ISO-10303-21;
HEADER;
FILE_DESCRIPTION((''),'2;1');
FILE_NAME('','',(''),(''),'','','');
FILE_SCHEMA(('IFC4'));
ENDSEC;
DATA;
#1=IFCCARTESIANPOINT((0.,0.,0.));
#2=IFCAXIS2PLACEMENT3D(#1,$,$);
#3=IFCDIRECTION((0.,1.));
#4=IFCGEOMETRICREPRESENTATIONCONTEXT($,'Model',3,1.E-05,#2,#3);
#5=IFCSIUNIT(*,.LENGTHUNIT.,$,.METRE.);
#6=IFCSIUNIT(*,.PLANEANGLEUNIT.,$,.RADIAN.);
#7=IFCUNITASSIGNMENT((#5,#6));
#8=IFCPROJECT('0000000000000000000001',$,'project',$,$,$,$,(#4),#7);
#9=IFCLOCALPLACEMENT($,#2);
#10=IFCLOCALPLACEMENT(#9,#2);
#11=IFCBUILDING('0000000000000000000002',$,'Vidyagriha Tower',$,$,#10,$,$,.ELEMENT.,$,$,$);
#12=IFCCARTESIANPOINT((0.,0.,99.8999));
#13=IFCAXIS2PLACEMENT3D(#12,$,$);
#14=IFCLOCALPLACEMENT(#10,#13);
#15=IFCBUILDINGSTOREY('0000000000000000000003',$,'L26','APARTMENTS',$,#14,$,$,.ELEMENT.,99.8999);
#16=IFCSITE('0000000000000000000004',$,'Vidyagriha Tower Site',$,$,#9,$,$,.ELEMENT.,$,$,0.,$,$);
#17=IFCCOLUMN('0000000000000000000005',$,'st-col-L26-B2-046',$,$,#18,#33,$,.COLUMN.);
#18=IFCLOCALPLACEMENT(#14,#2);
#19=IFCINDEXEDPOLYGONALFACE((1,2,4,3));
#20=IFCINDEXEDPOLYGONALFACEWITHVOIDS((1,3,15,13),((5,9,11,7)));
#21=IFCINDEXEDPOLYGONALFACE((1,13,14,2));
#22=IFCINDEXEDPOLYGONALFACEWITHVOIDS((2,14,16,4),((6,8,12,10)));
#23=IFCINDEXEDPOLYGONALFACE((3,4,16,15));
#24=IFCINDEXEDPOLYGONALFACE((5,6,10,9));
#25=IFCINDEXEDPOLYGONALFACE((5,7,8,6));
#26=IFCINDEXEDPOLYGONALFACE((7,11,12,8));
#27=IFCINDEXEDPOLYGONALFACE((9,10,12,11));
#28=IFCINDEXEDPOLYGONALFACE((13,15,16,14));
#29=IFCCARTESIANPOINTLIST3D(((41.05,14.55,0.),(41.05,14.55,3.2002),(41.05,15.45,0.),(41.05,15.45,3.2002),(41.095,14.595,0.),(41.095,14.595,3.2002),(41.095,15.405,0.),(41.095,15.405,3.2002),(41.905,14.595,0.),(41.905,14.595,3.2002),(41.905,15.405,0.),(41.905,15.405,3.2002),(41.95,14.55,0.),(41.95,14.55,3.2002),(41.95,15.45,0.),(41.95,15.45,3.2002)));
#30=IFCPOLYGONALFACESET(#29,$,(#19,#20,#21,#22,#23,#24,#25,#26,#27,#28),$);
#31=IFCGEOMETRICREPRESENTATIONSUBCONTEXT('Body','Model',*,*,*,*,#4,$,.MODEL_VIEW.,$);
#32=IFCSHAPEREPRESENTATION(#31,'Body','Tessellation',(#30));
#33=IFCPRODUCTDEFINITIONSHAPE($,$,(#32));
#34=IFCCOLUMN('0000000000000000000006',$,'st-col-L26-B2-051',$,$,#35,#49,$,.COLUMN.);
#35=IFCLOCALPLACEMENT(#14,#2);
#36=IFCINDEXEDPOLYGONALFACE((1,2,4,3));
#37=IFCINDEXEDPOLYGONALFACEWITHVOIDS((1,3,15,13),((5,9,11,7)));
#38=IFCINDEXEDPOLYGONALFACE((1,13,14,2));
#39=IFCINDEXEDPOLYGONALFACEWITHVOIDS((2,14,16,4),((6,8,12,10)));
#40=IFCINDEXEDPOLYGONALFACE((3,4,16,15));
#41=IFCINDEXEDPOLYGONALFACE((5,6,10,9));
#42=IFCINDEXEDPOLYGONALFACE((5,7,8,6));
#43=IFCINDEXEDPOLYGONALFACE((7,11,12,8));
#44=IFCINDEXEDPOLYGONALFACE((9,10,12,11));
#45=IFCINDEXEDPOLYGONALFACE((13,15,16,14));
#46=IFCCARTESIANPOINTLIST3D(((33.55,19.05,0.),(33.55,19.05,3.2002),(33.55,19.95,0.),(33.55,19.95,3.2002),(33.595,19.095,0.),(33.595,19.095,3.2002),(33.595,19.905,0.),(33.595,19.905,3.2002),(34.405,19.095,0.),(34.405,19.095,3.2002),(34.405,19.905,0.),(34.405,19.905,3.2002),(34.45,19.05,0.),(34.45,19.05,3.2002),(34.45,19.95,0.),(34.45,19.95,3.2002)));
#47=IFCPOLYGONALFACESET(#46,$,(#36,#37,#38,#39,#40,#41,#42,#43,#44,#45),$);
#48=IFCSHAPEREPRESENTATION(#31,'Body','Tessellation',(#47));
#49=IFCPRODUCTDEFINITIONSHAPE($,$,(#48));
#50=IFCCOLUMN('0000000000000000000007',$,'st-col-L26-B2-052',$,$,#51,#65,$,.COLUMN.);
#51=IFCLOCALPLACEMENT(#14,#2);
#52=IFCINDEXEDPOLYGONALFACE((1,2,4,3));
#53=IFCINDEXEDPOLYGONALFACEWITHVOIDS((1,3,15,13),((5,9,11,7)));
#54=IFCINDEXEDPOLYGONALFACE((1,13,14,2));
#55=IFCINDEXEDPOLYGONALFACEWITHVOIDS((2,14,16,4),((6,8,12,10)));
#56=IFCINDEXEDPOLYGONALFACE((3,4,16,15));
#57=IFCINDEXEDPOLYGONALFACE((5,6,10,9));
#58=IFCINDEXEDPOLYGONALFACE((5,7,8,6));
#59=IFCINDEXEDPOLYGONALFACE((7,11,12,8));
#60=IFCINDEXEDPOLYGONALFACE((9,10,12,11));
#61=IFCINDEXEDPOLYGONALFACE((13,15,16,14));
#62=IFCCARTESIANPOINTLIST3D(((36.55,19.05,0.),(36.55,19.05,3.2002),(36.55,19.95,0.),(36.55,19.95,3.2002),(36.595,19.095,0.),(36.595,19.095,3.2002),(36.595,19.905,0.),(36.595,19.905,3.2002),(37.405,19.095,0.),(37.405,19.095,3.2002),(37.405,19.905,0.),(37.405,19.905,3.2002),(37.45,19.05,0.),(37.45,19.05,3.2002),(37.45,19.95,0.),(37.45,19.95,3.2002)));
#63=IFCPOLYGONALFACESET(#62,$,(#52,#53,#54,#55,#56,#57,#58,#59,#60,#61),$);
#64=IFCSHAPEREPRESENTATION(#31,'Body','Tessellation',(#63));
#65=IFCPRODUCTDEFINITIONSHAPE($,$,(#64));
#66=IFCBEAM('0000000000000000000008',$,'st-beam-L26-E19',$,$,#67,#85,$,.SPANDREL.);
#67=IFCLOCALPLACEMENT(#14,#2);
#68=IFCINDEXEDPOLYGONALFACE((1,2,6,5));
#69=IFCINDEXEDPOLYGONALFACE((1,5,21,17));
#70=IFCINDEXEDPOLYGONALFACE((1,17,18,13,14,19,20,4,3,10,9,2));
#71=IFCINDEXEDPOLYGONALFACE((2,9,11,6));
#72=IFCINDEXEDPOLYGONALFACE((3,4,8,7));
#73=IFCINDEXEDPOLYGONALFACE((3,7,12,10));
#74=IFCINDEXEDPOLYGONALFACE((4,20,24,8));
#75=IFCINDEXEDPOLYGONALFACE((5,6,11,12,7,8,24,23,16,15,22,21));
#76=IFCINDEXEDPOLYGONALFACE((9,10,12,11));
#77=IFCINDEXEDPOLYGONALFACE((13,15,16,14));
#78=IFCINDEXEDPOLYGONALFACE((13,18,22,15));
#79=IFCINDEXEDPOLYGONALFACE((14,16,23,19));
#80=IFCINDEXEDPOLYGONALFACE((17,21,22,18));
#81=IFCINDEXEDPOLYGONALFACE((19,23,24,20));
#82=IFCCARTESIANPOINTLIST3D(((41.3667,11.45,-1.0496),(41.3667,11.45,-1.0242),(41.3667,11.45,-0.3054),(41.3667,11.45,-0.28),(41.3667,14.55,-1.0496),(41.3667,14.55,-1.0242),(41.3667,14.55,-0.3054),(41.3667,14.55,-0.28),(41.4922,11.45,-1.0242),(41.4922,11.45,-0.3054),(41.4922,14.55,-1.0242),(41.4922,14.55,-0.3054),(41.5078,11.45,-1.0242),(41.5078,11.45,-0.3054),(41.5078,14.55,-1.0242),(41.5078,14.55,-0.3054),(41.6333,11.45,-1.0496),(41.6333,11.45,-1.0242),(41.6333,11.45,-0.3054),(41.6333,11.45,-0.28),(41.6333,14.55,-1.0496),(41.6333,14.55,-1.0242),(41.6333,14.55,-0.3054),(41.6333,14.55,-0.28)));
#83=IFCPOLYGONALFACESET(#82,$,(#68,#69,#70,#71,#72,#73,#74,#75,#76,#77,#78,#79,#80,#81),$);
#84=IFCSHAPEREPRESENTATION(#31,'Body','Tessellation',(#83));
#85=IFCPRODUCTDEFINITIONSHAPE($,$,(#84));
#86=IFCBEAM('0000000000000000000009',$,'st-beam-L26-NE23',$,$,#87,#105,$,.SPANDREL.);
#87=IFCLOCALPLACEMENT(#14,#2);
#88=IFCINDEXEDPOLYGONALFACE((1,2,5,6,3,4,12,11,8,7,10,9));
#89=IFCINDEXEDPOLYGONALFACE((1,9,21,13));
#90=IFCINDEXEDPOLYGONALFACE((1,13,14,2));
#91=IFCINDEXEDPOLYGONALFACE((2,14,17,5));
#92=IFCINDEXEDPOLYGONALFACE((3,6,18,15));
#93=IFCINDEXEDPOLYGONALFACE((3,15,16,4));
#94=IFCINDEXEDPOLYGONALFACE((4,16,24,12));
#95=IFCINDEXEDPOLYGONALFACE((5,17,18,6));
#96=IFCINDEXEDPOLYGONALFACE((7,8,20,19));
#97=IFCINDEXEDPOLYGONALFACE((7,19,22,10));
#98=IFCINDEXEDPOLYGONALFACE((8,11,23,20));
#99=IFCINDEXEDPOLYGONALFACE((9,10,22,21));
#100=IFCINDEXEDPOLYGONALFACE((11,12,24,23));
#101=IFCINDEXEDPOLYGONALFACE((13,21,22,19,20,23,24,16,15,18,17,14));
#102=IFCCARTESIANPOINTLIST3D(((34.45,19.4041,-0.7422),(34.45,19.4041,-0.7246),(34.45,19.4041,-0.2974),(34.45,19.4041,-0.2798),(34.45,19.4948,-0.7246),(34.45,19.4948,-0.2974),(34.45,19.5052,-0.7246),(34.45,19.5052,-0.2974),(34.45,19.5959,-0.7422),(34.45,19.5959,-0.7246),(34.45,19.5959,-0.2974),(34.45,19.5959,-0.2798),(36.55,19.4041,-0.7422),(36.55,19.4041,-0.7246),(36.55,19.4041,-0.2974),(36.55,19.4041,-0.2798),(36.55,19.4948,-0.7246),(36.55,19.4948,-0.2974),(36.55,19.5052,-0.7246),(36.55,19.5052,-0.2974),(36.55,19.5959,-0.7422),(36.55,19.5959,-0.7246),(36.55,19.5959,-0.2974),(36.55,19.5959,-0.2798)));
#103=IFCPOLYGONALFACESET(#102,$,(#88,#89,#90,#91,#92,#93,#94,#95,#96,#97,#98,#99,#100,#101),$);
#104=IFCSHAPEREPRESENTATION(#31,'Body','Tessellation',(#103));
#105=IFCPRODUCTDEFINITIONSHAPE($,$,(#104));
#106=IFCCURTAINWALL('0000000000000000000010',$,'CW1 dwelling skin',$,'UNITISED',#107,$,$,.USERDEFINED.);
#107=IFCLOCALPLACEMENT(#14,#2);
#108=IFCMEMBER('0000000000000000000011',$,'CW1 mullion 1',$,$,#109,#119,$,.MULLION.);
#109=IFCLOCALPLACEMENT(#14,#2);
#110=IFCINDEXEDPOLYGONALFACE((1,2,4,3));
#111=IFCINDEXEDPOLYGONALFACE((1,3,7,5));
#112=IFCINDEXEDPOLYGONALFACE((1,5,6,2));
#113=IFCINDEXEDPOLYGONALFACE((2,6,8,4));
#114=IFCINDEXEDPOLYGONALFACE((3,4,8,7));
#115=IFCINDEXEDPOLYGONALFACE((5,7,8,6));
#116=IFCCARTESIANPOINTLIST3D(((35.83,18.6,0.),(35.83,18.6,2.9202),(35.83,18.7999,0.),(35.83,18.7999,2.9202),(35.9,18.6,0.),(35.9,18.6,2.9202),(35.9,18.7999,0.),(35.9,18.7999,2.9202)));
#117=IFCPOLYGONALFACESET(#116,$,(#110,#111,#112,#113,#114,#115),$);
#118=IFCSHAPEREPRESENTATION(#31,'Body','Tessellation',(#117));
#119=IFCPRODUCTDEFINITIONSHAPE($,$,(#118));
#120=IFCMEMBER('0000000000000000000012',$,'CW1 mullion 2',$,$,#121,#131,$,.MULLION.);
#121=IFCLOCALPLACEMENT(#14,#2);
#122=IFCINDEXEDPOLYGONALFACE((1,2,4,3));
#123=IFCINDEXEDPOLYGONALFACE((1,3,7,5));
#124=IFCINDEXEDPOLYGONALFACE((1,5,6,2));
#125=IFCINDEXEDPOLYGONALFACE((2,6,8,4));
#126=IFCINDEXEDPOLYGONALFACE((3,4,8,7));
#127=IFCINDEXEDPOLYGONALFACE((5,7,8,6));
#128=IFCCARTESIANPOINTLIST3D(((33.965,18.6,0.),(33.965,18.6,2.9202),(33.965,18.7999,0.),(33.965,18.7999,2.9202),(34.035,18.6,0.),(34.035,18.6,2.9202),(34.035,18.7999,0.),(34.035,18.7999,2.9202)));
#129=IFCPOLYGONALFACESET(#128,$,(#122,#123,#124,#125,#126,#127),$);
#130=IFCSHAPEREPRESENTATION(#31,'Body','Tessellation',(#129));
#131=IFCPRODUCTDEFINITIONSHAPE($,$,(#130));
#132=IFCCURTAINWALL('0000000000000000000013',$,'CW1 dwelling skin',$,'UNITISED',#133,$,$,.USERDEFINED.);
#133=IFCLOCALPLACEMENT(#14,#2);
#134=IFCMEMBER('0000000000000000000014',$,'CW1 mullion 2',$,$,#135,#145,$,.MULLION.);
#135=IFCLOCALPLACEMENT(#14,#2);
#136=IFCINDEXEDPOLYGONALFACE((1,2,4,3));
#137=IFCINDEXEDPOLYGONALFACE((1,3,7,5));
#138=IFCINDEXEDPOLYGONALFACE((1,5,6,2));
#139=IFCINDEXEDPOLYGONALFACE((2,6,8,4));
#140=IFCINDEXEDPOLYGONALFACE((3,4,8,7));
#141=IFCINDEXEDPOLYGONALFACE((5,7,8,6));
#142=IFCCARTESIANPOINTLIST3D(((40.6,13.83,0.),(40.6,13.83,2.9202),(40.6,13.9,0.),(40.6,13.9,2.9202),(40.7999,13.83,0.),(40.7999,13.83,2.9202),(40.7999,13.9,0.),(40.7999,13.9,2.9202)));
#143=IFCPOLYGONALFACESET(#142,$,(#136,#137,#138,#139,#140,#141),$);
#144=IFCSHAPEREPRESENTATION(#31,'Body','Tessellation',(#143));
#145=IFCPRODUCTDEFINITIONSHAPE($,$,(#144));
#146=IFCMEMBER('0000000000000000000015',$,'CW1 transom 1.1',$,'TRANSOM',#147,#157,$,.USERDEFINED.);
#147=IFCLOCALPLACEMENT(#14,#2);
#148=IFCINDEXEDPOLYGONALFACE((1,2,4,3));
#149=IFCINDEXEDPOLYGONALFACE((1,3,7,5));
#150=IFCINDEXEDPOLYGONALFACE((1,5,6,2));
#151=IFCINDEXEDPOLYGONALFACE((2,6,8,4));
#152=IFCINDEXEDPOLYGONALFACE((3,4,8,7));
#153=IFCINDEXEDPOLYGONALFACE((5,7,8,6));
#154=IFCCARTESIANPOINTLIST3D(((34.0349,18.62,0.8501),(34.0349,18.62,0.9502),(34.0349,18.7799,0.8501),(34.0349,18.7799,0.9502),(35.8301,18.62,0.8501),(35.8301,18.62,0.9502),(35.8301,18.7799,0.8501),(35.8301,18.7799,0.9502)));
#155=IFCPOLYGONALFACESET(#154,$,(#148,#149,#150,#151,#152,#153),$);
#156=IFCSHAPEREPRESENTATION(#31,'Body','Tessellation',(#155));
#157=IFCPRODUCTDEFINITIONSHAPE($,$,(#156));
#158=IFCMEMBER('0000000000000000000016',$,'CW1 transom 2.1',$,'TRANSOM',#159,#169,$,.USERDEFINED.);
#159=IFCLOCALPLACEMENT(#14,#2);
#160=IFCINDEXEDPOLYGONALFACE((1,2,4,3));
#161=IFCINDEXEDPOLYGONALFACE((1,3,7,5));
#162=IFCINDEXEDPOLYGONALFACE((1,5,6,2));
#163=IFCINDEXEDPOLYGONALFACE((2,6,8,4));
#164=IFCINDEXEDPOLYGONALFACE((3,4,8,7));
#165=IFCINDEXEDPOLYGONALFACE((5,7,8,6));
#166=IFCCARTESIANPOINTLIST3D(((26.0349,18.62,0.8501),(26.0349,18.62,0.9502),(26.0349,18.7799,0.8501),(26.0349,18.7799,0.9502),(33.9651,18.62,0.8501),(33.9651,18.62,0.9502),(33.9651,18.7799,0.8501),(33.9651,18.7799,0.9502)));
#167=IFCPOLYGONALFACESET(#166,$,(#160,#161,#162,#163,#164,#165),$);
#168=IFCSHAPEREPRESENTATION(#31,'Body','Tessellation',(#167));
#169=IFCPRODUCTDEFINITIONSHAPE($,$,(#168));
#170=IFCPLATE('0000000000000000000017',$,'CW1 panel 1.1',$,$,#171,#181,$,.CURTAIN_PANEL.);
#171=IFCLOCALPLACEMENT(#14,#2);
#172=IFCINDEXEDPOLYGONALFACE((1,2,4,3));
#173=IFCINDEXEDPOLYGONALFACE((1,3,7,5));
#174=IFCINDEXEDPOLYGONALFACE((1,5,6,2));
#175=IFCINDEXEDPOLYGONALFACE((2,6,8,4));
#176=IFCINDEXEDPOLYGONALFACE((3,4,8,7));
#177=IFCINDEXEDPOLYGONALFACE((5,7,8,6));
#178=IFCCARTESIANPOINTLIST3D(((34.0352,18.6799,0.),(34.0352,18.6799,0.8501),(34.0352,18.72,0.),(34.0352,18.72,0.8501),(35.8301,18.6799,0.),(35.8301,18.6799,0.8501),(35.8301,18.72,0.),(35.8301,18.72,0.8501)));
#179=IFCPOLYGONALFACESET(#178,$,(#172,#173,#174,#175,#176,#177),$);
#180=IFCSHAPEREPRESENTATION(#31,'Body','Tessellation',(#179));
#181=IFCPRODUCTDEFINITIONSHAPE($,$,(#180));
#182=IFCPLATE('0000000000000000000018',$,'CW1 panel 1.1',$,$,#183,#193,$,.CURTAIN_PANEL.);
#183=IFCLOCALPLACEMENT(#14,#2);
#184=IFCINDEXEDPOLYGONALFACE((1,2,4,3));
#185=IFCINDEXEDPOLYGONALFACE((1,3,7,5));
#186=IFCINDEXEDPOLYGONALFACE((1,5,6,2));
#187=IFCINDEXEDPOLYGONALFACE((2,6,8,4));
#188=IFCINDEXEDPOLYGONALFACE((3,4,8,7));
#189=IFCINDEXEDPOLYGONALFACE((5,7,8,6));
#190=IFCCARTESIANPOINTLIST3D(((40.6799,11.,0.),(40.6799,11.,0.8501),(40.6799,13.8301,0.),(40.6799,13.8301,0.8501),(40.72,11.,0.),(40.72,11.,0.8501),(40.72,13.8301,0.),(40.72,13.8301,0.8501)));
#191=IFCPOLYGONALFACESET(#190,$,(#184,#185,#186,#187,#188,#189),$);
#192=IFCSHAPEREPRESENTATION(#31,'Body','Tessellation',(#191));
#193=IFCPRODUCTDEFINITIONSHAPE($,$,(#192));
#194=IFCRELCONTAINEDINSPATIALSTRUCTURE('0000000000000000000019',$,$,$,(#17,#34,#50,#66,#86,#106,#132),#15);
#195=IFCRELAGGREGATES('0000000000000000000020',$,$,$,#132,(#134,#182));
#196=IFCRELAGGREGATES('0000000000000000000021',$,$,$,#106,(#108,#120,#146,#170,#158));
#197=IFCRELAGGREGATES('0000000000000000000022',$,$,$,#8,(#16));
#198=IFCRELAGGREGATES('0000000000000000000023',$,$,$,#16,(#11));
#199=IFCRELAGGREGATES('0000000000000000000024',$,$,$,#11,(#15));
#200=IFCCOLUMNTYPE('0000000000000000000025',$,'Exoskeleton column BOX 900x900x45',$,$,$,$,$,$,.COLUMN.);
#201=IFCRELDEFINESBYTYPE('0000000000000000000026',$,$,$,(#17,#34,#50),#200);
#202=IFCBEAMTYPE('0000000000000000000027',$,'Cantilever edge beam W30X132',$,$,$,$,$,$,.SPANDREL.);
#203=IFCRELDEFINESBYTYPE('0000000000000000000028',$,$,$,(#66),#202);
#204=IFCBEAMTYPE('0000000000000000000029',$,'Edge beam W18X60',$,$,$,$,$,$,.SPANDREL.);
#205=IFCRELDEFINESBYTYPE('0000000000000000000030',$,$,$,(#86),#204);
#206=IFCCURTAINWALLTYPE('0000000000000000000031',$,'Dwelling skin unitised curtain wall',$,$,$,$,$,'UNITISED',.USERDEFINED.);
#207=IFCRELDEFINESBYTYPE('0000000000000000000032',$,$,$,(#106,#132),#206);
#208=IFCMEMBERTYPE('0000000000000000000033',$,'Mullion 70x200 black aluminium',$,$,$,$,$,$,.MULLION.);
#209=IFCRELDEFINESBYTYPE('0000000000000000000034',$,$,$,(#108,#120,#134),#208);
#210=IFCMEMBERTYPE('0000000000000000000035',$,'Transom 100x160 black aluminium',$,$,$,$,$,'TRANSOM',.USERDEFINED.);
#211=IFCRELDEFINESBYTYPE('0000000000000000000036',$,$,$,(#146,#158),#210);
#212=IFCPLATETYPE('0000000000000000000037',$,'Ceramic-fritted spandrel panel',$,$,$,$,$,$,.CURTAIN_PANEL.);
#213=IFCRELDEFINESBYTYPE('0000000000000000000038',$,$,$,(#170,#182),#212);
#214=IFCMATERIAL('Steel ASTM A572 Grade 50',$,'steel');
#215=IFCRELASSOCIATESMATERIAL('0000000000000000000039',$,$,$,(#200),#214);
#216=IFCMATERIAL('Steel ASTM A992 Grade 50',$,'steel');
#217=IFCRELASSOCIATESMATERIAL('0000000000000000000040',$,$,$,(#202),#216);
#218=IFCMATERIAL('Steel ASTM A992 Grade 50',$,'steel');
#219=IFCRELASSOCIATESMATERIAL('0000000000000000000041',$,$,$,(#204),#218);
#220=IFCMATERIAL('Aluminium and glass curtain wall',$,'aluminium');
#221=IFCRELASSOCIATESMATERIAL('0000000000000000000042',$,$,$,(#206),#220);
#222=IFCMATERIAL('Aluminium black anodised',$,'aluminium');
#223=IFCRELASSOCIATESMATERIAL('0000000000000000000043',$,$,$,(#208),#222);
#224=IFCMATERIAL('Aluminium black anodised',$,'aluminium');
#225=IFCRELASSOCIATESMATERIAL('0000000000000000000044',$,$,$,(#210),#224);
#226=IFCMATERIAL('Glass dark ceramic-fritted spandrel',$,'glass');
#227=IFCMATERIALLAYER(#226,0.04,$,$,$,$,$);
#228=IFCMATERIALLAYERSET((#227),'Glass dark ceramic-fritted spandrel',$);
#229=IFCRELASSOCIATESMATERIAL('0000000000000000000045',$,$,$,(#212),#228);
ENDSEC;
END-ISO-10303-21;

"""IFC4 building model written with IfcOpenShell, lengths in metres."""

from ifc_helpers import new_model, si_unit, direction, frame, origin, origin_2d, place, context, subcontext, project, spatial, rectangle, hollow_rectangle, i_section, extrude, material, layer, layer_set, material_profile, profile_set, type_object, element, aggregate, save


model = new_model("IFC4")

# Units and contexts
model_context = context("Model", 3, precision=1e-05, world=origin(), true_north=direction((0.0, 1.0)))
body_context = subcontext(model_context, "Body", "Model", "MODEL_VIEW")
ifc_project = project(units=[si_unit("LENGTHUNIT", "METRE"), si_unit("PLANEANGLEUNIT", "RADIAN")], contexts=[model_context])

# Site, building, storey
site_placement = place(None, origin())
site = spatial("IfcSite", under=ifc_project, at=site_placement, Name="Vidyagriha Tower Site", CompositionType="ELEMENT", RefElevation=0.0)
building_placement = place(site_placement, origin())
building = spatial("IfcBuilding", under=site, at=building_placement, Name="Vidyagriha Tower", CompositionType="ELEMENT")
storey_placement = place(building_placement, frame((0.0, 0.0, 99.8999)))
storey = spatial("IfcBuildingStorey", under=building, at=storey_placement, Name="L26", Description="APARTMENTS", CompositionType="ELEMENT", Elevation=99.8999)

# Columns
ifc_material_1 = material(Name="Steel ASTM A572 Grade 50", Category="steel")
ifc_material_profile_1 = material_profile(ifc_material_1, hollow_rectangle(XDim=0.8999, YDim=0.8999, WallThickness=0.0449, at=origin_2d()), Name="BOX 900x900x45")
ifc_profile_set_1 = profile_set([ifc_material_profile_1], Name="Steel ASTM A572 Grade 50")
column_type = type_object("IfcColumnType", Name="Exoskeleton column BOX 900x900x45", PredefinedType="COLUMN", material=ifc_profile_set_1)
for number, where, name in (
    (1, (41.5, 15.0, 0.0), "st-col-L26-B2-046"),
    (2, (34.0, 19.5, 0.0), "st-col-L26-B2-051"),
    (3, (37.0, 19.5, 0.0), "st-col-L26-B2-052"),
):
    element("IfcColumn", number, at=place(storey_placement, frame(where)), inside=storey, type_object=column_type, Name=name, PredefinedType="COLUMN", context=body_context, shape_type="SweptSolid", body=[
        extrude(hollow_rectangle(XDim=0.8999, YDim=0.8999, WallThickness=0.0449, at=origin_2d()), origin(), (0.0, 0.0, 1.0), 3.2002),
    ])

# Beams
ifc_material_2 = material(Name="Steel ASTM A992 Grade 50", Category="steel")
ifc_material_profile_2 = material_profile(ifc_material_2, i_section(OverallWidth=0.2666, OverallDepth=0.7695, WebThickness=0.0156, FlangeThickness=0.0254, at=origin_2d()), Name="W30X132")
ifc_profile_set_2 = profile_set([ifc_material_profile_2], Name="Steel ASTM A992 Grade 50")
beam_type_1 = type_object("IfcBeamType", Name="Cantilever edge beam W30X132", PredefinedType="SPANDREL", material=ifc_profile_set_2)
beam_1_placement = place(storey_placement, frame((41.5, 11.45, -0.6648), z_axis=(0.0, 1.0, 0.0), x_axis=(-1.0, 0.0, 0.0)))
element("IfcBeam", 4, at=beam_1_placement, inside=storey, type_object=beam_type_1, Name="st-beam-L26-E19", PredefinedType="SPANDREL", context=body_context, shape_type="SweptSolid", body=[
    extrude(i_section(OverallWidth=0.2666, OverallDepth=0.7695, WebThickness=0.0156, FlangeThickness=0.0254, at=origin_2d()), origin(), (0.0, 0.0, 1.0), 3.1001),
])
ifc_material_3 = material(Name="Steel ASTM A992 Grade 50", Category="steel")
ifc_material_profile_3 = material_profile(ifc_material_3, i_section(OverallWidth=0.1919, OverallDepth=0.4624, WebThickness=0.0105, FlangeThickness=0.0176, at=origin_2d()), Name="W18X60")
ifc_profile_set_3 = profile_set([ifc_material_profile_3], Name="Steel ASTM A992 Grade 50")
beam_type_2 = type_object("IfcBeamType", Name="Edge beam W18X60", PredefinedType="SPANDREL", material=ifc_profile_set_3)
beam_2_placement = place(storey_placement, frame((34.45, 19.5, -0.511), z_axis=(1.0, 0.0, 0.0), x_axis=(0.0, 1.0, 0.0)))
element("IfcBeam", 5, at=beam_2_placement, inside=storey, type_object=beam_type_2, Name="st-beam-L26-NE23", PredefinedType="SPANDREL", context=body_context, shape_type="SweptSolid", body=[
    extrude(i_section(OverallWidth=0.1919, OverallDepth=0.4624, WebThickness=0.0105, FlangeThickness=0.0176, at=origin_2d()), origin(), (0.0, 0.0, 1.0), 2.1001),
])

# Curtain wall, members
ifc_material_4 = material(Name="Aluminium and glass curtain wall", Category="aluminium")
curtain_wall_type = type_object("IfcCurtainWallType", Name="Dwelling skin unitised curtain wall", ElementType="UNITISED", PredefinedType="USERDEFINED", material=ifc_material_4)
curtain_wall_1_placement = place(storey_placement, origin())
curtain_wall_1 = element("IfcCurtainWall", 6, at=curtain_wall_1_placement, inside=storey, type_object=curtain_wall_type, Name="CW1 dwelling skin", ObjectType="UNITISED", PredefinedType="USERDEFINED")
ifc_material_5 = material(Name="Aluminium black anodised", Category="aluminium")
ifc_material_profile_4 = material_profile(ifc_material_5, rectangle(XDim=0.2, YDim=0.0701, at=origin_2d()), Name="Mullion 70x200 black aluminium")
ifc_profile_set_4 = profile_set([ifc_material_profile_4], Name="Aluminium black anodised")
member_type_1 = type_object("IfcMemberType", Name="Mullion 70x200 black aluminium", PredefinedType="MULLION", material=ifc_profile_set_4)
member_1_placement = place(storey_placement, frame((35.865, 18.7, 0.0), z_axis=(0.0, 0.0, 1.0), x_axis=(0.0, -1.0, 0.0)))
member_1 = element("IfcMember", 7, at=member_1_placement, type_object=member_type_1, Name="CW1 mullion 1", PredefinedType="MULLION", context=body_context, shape_type="SweptSolid", body=[
    extrude(rectangle(XDim=0.2, YDim=0.0701, at=origin_2d()), origin(), (0.0, 0.0, 1.0), 2.9202),
])
member_2_placement = place(storey_placement, frame((34.0, 18.7, 0.0), z_axis=(0.0, 0.0, 1.0), x_axis=(0.0, -1.0, 0.0)))
member_2 = element("IfcMember", 8, at=member_2_placement, type_object=member_type_1, Name="CW1 mullion 2", PredefinedType="MULLION", context=body_context, shape_type="SweptSolid", body=[
    extrude(rectangle(XDim=0.2, YDim=0.0701, at=origin_2d()), origin(), (0.0, 0.0, 1.0), 2.9202),
])

# Curtain wall, member
curtain_wall_2_placement = place(storey_placement, origin())
curtain_wall_2 = element("IfcCurtainWall", 9, at=curtain_wall_2_placement, inside=storey, type_object=curtain_wall_type, Name="CW1 dwelling skin", ObjectType="UNITISED", PredefinedType="USERDEFINED")
member_3_placement = place(storey_placement, frame((40.7, 13.865, 0.0), z_axis=(0.0, 0.0, 1.0), x_axis=(-1.0, 0.0, 0.0)))
member_3 = element("IfcMember", 10, at=member_3_placement, type_object=member_type_1, Name="CW1 mullion 2", PredefinedType="MULLION", context=body_context, shape_type="SweptSolid", body=[
    extrude(rectangle(XDim=0.2, YDim=0.0701, at=origin_2d()), origin(), (0.0, 0.0, 1.0), 2.9202),
])

# Members
ifc_material_6 = material(Name="Aluminium black anodised", Category="aluminium")
ifc_material_profile_5 = material_profile(ifc_material_6, rectangle(XDim=0.1599, YDim=0.1001, at=origin_2d()), Name="Transom 100x160 black aluminium")
ifc_profile_set_5 = profile_set([ifc_material_profile_5], Name="Aluminium black anodised")
member_type_2 = type_object("IfcMemberType", Name="Transom 100x160 black aluminium", ElementType="TRANSOM", PredefinedType="USERDEFINED", material=ifc_profile_set_5)
member_4_placement = place(storey_placement, frame((35.8301, 18.7, 0.9001), z_axis=(-1.0, 0.0, 0.0), x_axis=(0.0, -1.0, 0.0)))
member_4 = element("IfcMember", 11, at=member_4_placement, type_object=member_type_2, Name="CW1 transom 1.1", ObjectType="TRANSOM", PredefinedType="USERDEFINED", context=body_context, shape_type="SweptSolid", body=[
    extrude(rectangle(XDim=0.1599, YDim=0.1001, at=origin_2d()), origin(), (0.0, 0.0, 1.0), 1.7952),
])
member_5_placement = place(storey_placement, frame((33.9651, 18.7, 0.9001), z_axis=(-1.0, 0.0, 0.0), x_axis=(0.0, -1.0, 0.0)))
member_5 = element("IfcMember", 12, at=member_5_placement, type_object=member_type_2, Name="CW1 transom 2.1", ObjectType="TRANSOM", PredefinedType="USERDEFINED", context=body_context, shape_type="SweptSolid", body=[
    extrude(rectangle(XDim=0.1599, YDim=0.1001, at=origin_2d()), origin(), (0.0, 0.0, 1.0), 7.9302),
])

# Plates
ifc_material_7 = material(Name="Glass dark ceramic-fritted spandrel", Category="glass")
ifc_layer_1 = layer(ifc_material_7, 0.04)
ifc_layer_set_1 = layer_set([ifc_layer_1], Name="Glass dark ceramic-fritted spandrel")
plate_type_1 = type_object("IfcPlateType", Name="Ceramic-fritted spandrel panel", PredefinedType="CURTAIN_PANEL", material=ifc_layer_set_1)
plate_1_placement = place(storey_placement, frame((34.9326, 18.7, 0.0), z_axis=(0.0, 0.0, 1.0), x_axis=(-1.0, 0.0, 0.0)))
plate_1 = element("IfcPlate", 13, at=plate_1_placement, type_object=plate_type_1, Name="CW1 panel 1.1", PredefinedType="CURTAIN_PANEL", context=body_context, shape_type="SweptSolid", body=[
    extrude(rectangle(XDim=1.7949, YDim=0.04, at=origin_2d()), origin(), (0.0, 0.0, 1.0), 0.8501),
])
plate_2_placement = place(storey_placement, frame((40.7, 12.415, 0.0), z_axis=(0.0, 0.0, 1.0), x_axis=(0.0, 1.0, 0.0)))
plate_2 = element("IfcPlate", 14, at=plate_2_placement, type_object=plate_type_1, Name="CW1 panel 1.1", PredefinedType="CURTAIN_PANEL", context=body_context, shape_type="SweptSolid", body=[
    extrude(rectangle(XDim=2.8301, YDim=0.04, at=origin_2d()), origin(), (0.0, 0.0, 1.0), 0.8501),
])
aggregate(curtain_wall_2, [member_3, plate_2])
aggregate(curtain_wall_1, [member_1, member_2, member_4, plate_1, member_5])

save(model, "model.ifc")
